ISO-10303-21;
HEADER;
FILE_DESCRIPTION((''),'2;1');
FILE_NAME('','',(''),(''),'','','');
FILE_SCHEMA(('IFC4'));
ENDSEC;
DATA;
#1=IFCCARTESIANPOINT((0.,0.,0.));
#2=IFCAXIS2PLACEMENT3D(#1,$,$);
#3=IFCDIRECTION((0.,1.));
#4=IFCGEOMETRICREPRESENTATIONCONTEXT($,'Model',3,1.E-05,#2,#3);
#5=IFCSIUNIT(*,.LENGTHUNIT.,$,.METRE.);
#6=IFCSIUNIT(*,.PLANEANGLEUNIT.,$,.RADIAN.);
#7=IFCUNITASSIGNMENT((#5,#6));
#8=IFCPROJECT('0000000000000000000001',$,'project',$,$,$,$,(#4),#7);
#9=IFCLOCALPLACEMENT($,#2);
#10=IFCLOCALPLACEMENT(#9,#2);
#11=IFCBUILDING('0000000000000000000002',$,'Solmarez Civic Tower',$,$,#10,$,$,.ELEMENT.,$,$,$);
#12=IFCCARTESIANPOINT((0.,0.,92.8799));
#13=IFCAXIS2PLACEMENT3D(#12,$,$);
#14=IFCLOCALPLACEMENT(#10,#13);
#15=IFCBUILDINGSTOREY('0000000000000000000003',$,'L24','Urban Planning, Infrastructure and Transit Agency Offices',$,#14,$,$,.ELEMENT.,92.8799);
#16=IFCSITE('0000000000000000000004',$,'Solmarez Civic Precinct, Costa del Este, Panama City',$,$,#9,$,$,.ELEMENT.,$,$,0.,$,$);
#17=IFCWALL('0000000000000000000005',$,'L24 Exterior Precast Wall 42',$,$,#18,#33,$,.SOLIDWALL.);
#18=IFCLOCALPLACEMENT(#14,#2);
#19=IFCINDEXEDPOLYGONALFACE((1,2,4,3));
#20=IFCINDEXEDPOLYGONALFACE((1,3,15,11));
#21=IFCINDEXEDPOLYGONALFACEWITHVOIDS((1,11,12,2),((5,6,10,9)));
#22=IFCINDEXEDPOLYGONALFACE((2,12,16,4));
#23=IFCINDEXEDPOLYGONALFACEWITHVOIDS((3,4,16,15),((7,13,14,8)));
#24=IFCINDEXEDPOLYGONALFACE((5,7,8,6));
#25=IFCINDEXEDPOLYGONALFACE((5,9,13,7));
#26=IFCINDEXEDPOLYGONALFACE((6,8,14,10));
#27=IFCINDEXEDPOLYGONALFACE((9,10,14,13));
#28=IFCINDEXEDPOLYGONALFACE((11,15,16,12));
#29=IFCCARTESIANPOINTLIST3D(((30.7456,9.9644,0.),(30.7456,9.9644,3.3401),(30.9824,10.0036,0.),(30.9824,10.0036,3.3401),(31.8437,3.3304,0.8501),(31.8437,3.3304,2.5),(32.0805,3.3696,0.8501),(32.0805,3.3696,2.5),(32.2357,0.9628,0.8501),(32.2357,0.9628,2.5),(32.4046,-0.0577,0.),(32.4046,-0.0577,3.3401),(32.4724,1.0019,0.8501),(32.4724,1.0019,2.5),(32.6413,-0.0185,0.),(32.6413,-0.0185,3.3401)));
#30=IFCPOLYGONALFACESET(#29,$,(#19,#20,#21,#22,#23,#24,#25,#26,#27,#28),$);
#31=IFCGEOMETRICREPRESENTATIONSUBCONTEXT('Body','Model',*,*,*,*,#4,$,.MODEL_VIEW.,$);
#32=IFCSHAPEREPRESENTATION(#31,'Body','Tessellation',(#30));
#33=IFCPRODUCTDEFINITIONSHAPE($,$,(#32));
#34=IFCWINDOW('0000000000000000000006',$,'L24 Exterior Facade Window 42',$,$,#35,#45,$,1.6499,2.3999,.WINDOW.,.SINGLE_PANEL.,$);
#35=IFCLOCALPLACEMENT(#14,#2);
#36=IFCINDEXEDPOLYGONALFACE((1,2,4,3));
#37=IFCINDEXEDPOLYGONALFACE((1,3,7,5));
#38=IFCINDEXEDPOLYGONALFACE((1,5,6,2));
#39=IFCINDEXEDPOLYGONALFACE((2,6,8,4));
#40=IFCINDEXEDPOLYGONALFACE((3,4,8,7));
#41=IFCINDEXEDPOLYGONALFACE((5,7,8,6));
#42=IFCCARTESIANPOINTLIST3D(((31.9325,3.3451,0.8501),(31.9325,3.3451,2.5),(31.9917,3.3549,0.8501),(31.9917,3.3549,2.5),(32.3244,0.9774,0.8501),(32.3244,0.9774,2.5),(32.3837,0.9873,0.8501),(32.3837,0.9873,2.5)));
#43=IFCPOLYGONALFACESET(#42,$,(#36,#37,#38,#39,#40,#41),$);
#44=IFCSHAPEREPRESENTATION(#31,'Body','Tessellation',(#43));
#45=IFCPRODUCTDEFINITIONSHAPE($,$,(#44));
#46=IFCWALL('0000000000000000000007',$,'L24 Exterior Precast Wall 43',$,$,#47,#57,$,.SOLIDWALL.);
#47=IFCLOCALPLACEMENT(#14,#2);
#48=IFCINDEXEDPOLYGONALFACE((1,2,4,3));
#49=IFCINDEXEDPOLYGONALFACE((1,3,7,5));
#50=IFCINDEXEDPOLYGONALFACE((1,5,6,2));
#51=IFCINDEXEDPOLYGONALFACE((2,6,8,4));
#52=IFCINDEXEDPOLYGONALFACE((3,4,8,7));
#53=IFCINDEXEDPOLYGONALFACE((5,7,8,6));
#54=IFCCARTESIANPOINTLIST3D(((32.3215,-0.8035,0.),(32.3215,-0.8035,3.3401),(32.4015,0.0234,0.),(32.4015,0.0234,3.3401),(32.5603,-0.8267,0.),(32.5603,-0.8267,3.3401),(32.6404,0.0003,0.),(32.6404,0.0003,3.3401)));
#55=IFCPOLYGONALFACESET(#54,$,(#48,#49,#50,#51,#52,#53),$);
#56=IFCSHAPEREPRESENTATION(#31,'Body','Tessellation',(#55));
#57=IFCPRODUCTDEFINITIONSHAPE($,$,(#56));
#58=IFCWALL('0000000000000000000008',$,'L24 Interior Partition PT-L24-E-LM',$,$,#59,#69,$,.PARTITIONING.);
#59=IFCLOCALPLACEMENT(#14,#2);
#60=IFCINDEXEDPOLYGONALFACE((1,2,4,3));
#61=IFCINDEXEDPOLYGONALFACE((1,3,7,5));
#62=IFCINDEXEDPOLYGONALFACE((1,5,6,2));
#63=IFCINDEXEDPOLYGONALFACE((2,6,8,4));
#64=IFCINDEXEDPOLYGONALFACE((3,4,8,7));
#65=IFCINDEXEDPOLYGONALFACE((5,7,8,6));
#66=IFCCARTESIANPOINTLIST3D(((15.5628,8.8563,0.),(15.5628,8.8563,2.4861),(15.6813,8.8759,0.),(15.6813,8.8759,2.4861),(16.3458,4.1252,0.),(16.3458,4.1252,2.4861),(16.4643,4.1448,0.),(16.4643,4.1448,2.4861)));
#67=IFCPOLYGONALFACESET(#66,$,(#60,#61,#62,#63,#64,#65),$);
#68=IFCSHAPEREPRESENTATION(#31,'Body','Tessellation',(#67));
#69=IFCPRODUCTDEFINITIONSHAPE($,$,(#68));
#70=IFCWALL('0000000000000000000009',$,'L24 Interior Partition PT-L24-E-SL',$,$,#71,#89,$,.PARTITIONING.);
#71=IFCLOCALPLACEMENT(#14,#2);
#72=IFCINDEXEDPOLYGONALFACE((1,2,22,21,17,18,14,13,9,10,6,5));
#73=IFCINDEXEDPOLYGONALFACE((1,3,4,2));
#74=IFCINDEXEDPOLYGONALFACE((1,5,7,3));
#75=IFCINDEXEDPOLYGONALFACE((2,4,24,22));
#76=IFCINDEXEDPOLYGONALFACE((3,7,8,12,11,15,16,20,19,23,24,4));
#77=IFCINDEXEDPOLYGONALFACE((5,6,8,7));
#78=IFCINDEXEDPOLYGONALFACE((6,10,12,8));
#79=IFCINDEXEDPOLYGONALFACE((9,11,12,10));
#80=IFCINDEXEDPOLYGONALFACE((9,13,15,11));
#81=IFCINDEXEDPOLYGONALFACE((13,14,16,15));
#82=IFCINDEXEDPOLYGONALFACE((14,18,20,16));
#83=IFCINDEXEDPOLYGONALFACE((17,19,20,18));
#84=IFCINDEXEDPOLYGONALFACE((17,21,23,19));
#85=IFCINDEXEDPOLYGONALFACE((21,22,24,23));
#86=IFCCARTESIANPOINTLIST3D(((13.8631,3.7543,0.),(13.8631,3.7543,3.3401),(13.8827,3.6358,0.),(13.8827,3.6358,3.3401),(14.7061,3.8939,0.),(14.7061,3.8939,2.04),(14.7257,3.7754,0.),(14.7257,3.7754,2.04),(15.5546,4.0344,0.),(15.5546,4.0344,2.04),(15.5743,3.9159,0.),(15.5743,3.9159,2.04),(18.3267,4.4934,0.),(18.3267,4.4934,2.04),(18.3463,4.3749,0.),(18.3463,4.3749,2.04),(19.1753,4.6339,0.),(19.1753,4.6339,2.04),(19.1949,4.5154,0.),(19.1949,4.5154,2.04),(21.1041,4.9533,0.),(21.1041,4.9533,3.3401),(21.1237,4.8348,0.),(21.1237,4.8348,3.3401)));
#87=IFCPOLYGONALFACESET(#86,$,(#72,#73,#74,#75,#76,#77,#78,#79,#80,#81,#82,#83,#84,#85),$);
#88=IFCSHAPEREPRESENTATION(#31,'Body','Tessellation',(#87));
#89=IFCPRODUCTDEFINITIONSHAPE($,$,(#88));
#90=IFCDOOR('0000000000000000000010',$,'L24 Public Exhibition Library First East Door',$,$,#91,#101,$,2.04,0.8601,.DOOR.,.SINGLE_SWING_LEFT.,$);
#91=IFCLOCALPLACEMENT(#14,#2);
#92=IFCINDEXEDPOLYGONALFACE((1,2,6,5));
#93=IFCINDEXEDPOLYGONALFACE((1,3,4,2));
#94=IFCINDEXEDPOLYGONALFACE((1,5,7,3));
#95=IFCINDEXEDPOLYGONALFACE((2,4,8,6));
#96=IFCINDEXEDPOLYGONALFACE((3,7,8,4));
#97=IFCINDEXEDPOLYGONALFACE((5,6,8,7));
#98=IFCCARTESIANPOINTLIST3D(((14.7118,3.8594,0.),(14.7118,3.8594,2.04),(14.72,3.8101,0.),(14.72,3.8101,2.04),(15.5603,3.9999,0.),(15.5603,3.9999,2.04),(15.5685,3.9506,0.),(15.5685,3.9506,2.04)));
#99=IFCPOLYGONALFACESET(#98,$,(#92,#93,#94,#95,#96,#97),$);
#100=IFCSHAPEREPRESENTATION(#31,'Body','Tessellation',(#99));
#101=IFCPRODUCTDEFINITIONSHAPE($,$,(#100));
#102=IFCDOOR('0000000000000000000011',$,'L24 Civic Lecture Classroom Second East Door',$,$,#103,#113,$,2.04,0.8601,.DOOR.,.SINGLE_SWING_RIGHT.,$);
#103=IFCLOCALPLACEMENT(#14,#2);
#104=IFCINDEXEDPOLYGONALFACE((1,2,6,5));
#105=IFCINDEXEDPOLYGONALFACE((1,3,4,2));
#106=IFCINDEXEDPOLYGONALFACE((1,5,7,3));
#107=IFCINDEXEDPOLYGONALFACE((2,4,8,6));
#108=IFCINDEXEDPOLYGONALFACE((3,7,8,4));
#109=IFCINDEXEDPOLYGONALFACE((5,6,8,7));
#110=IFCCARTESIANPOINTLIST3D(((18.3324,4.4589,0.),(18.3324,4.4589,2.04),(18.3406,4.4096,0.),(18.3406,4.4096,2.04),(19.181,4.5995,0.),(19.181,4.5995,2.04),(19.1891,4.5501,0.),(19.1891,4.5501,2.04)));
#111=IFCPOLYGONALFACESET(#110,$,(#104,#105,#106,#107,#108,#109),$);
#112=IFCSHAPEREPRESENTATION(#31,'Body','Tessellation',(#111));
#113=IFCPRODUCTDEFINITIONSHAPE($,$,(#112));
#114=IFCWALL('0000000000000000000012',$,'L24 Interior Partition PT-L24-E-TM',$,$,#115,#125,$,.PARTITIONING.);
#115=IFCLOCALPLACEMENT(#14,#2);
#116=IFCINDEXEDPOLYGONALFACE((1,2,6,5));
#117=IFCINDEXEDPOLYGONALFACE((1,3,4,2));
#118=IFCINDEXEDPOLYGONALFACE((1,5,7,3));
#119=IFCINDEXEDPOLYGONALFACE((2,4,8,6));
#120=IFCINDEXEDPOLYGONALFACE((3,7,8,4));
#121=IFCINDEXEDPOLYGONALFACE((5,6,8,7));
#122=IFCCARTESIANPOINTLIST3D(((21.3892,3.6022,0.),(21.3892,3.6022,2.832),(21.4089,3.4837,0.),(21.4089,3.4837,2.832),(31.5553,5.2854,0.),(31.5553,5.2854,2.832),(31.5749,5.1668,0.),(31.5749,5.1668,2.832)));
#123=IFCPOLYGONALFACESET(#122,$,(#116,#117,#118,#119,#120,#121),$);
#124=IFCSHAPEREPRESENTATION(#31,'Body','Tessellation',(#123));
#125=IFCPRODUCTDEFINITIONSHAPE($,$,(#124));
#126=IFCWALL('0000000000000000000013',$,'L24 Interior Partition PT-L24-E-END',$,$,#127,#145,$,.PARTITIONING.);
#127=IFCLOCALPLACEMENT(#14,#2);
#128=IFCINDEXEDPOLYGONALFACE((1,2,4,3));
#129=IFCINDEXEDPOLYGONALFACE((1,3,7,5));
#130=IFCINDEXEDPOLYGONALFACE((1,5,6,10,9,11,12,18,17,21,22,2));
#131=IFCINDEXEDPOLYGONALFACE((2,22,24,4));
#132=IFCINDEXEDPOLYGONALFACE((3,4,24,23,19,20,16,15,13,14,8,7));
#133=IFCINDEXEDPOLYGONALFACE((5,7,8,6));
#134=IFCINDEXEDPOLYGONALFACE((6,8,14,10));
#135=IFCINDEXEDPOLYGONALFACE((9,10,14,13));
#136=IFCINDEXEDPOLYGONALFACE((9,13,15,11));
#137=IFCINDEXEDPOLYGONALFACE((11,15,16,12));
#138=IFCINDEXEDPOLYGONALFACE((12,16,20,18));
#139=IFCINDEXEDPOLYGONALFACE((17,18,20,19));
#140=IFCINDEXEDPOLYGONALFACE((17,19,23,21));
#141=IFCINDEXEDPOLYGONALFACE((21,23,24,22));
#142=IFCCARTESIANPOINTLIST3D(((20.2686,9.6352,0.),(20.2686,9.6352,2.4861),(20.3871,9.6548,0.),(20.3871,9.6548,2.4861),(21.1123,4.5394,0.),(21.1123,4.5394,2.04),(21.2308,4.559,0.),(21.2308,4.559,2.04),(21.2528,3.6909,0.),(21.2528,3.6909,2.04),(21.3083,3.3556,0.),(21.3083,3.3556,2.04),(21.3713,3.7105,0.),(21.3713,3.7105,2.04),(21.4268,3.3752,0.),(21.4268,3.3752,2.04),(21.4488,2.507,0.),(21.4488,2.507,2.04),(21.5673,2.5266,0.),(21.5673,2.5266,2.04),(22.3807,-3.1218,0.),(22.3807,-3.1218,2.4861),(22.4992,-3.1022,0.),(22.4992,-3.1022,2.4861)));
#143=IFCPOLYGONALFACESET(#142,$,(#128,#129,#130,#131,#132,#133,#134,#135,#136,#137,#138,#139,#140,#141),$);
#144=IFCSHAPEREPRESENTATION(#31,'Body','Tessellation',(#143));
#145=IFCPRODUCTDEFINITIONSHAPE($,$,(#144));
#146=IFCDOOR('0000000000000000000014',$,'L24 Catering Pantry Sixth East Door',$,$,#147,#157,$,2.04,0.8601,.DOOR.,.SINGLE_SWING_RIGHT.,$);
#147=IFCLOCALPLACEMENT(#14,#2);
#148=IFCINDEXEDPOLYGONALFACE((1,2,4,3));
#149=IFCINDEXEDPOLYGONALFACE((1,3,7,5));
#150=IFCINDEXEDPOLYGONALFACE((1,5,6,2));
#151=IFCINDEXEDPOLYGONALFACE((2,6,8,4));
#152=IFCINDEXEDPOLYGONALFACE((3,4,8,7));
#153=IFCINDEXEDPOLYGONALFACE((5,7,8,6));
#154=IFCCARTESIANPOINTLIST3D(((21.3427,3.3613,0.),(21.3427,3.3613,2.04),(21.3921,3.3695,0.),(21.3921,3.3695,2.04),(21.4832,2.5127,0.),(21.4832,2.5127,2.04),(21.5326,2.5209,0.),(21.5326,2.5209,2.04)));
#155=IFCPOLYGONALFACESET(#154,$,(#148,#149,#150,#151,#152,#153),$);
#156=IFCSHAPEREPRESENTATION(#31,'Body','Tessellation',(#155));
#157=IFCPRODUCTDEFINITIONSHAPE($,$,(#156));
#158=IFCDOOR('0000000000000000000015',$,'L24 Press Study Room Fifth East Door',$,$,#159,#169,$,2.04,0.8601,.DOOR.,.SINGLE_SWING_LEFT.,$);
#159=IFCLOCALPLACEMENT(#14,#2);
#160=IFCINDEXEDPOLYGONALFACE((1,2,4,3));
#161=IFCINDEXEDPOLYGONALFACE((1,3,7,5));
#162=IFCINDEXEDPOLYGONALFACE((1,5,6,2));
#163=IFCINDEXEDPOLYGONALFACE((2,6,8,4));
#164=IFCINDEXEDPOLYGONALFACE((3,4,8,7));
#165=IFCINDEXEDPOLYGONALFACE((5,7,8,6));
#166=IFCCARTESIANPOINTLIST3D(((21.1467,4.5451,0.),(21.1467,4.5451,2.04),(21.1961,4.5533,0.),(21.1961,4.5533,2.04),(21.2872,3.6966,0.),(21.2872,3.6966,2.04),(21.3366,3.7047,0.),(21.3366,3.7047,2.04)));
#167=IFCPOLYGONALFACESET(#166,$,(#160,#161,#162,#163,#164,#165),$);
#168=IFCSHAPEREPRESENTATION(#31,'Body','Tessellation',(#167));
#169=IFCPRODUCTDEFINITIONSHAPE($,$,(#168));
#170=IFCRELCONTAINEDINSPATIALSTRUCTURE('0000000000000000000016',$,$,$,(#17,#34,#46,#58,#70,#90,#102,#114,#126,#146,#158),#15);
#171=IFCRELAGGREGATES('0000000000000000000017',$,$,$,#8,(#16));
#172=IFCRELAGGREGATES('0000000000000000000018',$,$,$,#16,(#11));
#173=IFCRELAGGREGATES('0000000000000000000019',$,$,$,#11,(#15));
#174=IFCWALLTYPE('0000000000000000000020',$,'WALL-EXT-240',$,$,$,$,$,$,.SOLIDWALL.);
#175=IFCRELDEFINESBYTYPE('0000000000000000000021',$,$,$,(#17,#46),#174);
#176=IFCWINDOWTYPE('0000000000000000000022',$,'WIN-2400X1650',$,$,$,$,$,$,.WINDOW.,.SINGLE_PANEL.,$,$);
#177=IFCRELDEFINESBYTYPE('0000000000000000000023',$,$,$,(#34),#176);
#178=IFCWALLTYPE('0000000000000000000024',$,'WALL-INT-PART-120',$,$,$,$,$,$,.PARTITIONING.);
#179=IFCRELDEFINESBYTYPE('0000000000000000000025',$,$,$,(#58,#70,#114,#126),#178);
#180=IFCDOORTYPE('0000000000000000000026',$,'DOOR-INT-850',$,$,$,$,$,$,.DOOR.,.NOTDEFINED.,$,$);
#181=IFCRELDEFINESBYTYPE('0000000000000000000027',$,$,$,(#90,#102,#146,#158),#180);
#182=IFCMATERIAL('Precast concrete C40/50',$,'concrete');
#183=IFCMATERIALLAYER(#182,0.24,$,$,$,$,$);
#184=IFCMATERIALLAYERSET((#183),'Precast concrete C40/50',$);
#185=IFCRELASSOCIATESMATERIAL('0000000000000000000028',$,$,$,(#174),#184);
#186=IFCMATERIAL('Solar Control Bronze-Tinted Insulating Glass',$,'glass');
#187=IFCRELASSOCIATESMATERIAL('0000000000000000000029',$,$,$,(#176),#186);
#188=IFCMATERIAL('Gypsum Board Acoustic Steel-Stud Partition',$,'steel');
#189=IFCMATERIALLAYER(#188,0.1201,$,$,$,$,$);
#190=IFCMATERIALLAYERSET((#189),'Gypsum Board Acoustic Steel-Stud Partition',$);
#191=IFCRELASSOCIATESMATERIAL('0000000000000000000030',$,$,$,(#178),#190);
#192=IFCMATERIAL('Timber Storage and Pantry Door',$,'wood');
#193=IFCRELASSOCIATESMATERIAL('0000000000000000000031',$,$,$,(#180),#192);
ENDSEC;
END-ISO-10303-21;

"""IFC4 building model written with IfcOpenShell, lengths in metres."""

from ifc_helpers import new_model, si_unit, direction, frame, frame_2d, origin, place, context, subcontext, project, spatial, rectangle, extrude, material, layer, layer_set, type_object, element, fill, save


model = new_model("IFC4")

# Units and contexts
model_context = context("Model", 3, precision=1e-05, world=origin(), true_north=direction((0.0, 1.0)))
body_context = subcontext(model_context, "Body", "Model", "MODEL_VIEW")
ifc_project = project(units=[si_unit("LENGTHUNIT", "METRE"), si_unit("PLANEANGLEUNIT", "RADIAN")], contexts=[model_context])

# Site, building, storey
site_placement = place(None, origin())
site = spatial("IfcSite", under=ifc_project, at=site_placement, Name="Solmarez Civic Precinct, Costa del Este, Panama City", CompositionType="ELEMENT", RefElevation=0.0)
building_placement = place(site_placement, origin())
building = spatial("IfcBuilding", under=site, at=building_placement, Name="Solmarez Civic Tower", CompositionType="ELEMENT")
storey_placement = place(building_placement, frame((0.0, 0.0, 92.8799)))
storey = spatial("IfcBuildingStorey", under=building, at=storey_placement, Name="L24", Description="Urban Planning, Infrastructure and Transit Agency Offices", CompositionType="ELEMENT", Elevation=92.8799)

# Shared definitions
ifc_material_1 = material(Name="Precast concrete C40/50", Category="concrete")
ifc_layer_1 = layer(ifc_material_1, 0.24)
ifc_layer_set_1 = layer_set([ifc_layer_1], Name="Precast concrete C40/50")
wall_type_1 = type_object("IfcWallType", Name="WALL-EXT-240", PredefinedType="SOLIDWALL", material=ifc_layer_set_1)

# Wall, opening, window
wall_1_placement = place(storey_placement, frame((30.864, 9.9839, 0.0), z_axis=(0.0, 0.0, 1.0), x_axis=(0.163308, -0.986575, 0.0)))
wall_1 = element("IfcWall", 1, at=wall_1_placement, inside=storey, type_object=wall_type_1, Name="L24 Exterior Precast Wall 42", PredefinedType="SOLIDWALL", context=body_context, shape_type="SweptSolid", body=[
    extrude(rectangle(XDim=10.1584, YDim=0.24, at=frame_2d((5.0791, 0.0))), origin(), (0.0, 0.0, 1.0), 3.3401),
])
opening_1_placement = place(wall_1_placement, frame((6.7241, 0.0, 0.8501)))
opening_1 = element("IfcOpeningElement", 2, at=opening_1_placement, cuts=wall_1, PredefinedType="OPENING", context=body_context, shape_type="SweptSolid", body=[
    extrude(rectangle(XDim=2.3999, YDim=1.6499, at=frame_2d((1.2, 0.825))), frame((0.0, 0.1299, 0.0), z_axis=(0.0, -1.0, 0.0), x_axis=(1.0, 0.0, 0.0)), (0.0, 0.0, 1.0), 0.26),
])
ifc_material_2 = material(Name="Solar Control Bronze-Tinted Insulating Glass", Category="glass")
window_type = type_object("IfcWindowType", Name="WIN-2400X1650", PartitioningType="SINGLE_PANEL", PredefinedType="WINDOW", material=ifc_material_2)
window_placement = place(opening_1_placement, origin())
window = element("IfcWindow", 3, at=window_placement, inside=storey, type_object=window_type, Name="L24 Exterior Facade Window 42", OverallHeight=1.6499, OverallWidth=2.3999, PartitioningType="SINGLE_PANEL", PredefinedType="WINDOW", context=body_context, shape_type="SweptSolid", body=[
    extrude(rectangle(XDim=2.3999, YDim=1.6499, at=frame_2d((1.2, 0.825))), frame((0.0, 0.03, 0.0), z_axis=(0.0, -1.0, 0.0), x_axis=(1.0, 0.0, 0.0)), (0.0, 0.0, 1.0), 0.0601),
])
fill(opening_1, window)

# Walls
wall_2_placement = place(storey_placement, frame((32.521, 0.012, 0.0), z_axis=(0.0, 0.0, 1.0), x_axis=(-0.09639, -0.995344, 0.0)))
element("IfcWall", 4, at=wall_2_placement, inside=storey, type_object=wall_type_1, Name="L24 Exterior Precast Wall 43", PredefinedType="SOLIDWALL", context=body_context, shape_type="SweptSolid", body=[
    extrude(rectangle(XDim=0.8308, YDim=0.24, at=frame_2d((0.4155, 0.0))), origin(), (0.0, 0.0, 1.0), 3.3401),
])
ifc_material_3 = material(Name="Gypsum Board Acoustic Steel-Stud Partition", Category="steel")
ifc_layer_2 = layer(ifc_material_3, 0.1201)
ifc_layer_set_2 = layer_set([ifc_layer_2], Name="Gypsum Board Acoustic Steel-Stud Partition")
wall_type_2 = type_object("IfcWallType", Name="WALL-INT-PART-120", PredefinedType="PARTITIONING", material=ifc_layer_set_2)
wall_3_placement = place(storey_placement, frame((16.405, 4.135, 0.0), z_axis=(0.0, 0.0, 1.0), x_axis=(-0.163276, 0.98658, 0.0)))
element("IfcWall", 5, at=wall_3_placement, inside=storey, type_object=wall_type_2, Name="L24 Interior Partition PT-L24-E-LM", PredefinedType="PARTITIONING", context=body_context, shape_type="SweptSolid", body=[
    extrude(rectangle(XDim=4.7954, YDim=0.1201, at=frame_2d((2.3977, 0.0))), origin(), (0.0, 0.0, 1.0), 2.4861),
])

# Wall, openings, doors
wall_4_placement = place(storey_placement, frame((21.114, 4.894, 0.0), z_axis=(0.0, 0.0, 1.0), x_axis=(-0.986567, -0.163358, 0.0)))
wall_4 = element("IfcWall", 6, at=wall_4_placement, inside=storey, type_object=wall_type_2, Name="L24 Interior Partition PT-L24-E-SL", PredefinedType="PARTITIONING", context=body_context, shape_type="SweptSolid", body=[
    extrude(rectangle(XDim=7.3396, YDim=0.1201, at=frame_2d((3.6699, 0.0))), origin(), (0.0, 0.0, 1.0), 3.3401),
])
opening_2_placement = place(wall_4_placement, frame((5.625, 0.0, 0.0)))
opening_2 = element("IfcOpeningElement", 7, at=opening_2_placement, cuts=wall_4, PredefinedType="OPENING", context=body_context, shape_type="SweptSolid", body=[
    extrude(rectangle(XDim=0.8601, YDim=2.04, at=frame_2d((0.4302, 1.02))), frame((0.0, 0.0701, 0.0), z_axis=(0.0, -1.0, 0.0), x_axis=(1.0, 0.0, 0.0)), (0.0, 0.0, 1.0), 0.1401),
])
opening_3_placement = place(wall_4_placement, frame((1.9551, 0.0, 0.0)))
opening_3 = element("IfcOpeningElement", 8, at=opening_3_placement, cuts=wall_4, PredefinedType="OPENING", context=body_context, shape_type="SweptSolid", body=[
    extrude(rectangle(XDim=0.8601, YDim=2.04, at=frame_2d((0.4302, 1.02))), frame((0.0, 0.0701, 0.0), z_axis=(0.0, -1.0, 0.0), x_axis=(1.0, 0.0, 0.0)), (0.0, 0.0, 1.0), 0.1401),
])
ifc_material_4 = material(Name="Timber Storage and Pantry Door", Category="wood")
door_type = type_object("IfcDoorType", Name="DOOR-INT-850", OperationType="NOTDEFINED", PredefinedType="DOOR", material=ifc_material_4)
door_1_placement = place(opening_2_placement, origin())
door_1 = element("IfcDoor", 9, at=door_1_placement, inside=storey, type_object=door_type, Name="L24 Public Exhibition Library First East Door", OperationType="SINGLE_SWING_LEFT", OverallHeight=2.04, OverallWidth=0.8601, PredefinedType="DOOR", context=body_context, shape_type="SweptSolid", body=[
    extrude(rectangle(XDim=0.8601, YDim=2.04, at=frame_2d((0.4302, 1.02))), frame((0.0, 0.0249, 0.0), z_axis=(0.0, -1.0, 0.0), x_axis=(1.0, 0.0, 0.0)), (0.0, 0.0, 1.0), 0.05),
])
fill(opening_2, door_1)
door_2_placement = place(opening_3_placement, origin())
door_2 = element("IfcDoor", 10, at=door_2_placement, inside=storey, type_object=door_type, Name="L24 Civic Lecture Classroom Second East Door", OperationType="SINGLE_SWING_RIGHT", OverallHeight=2.04, OverallWidth=0.8601, PredefinedType="DOOR", context=body_context, shape_type="SweptSolid", body=[
    extrude(rectangle(XDim=0.8601, YDim=2.04, at=frame_2d((0.4302, 1.02))), frame((0.0, 0.0249, 0.0), z_axis=(0.0, -1.0, 0.0), x_axis=(1.0, 0.0, 0.0)), (0.0, 0.0, 1.0), 0.05),
])
fill(opening_3, door_2)

# Wall
wall_5_placement = place(storey_placement, frame((21.3989, 3.543, 0.0), z_axis=(0.0, 0.0, 1.0), x_axis=(0.98657, 0.163338, 0.0)))
element("IfcWall", 11, at=wall_5_placement, inside=storey, type_object=wall_type_2, Name="L24 Interior Partition PT-L24-E-TM", PredefinedType="PARTITIONING", context=body_context, shape_type="SweptSolid", body=[
    extrude(rectangle(XDim=10.3044, YDim=0.1201, at=frame_2d((5.1523, 0.0))), origin(), (0.0, 0.0, 1.0), 2.832),
])

# Wall, openings, doors
wall_6_placement = place(storey_placement, frame((20.3279, 9.645, 0.0), z_axis=(0.0, 0.0, 1.0), x_axis=(0.163336, -0.98657, 0.0)))
wall_6 = element("IfcWall", 12, at=wall_6_placement, inside=storey, type_object=wall_type_2, Name="L24 Interior Partition PT-L24-E-END", PredefinedType="PARTITIONING", context=body_context, shape_type="SweptSolid", body=[
    extrude(rectangle(XDim=12.9307, YDim=0.1201, at=frame_2d((6.4653, 0.0))), origin(), (0.0, 0.0, 1.0), 2.4861),
])
opening_4_placement = place(wall_6_placement, frame((6.365, 0.0, 0.0)))
opening_4 = element("IfcOpeningElement", 13, at=opening_4_placement, cuts=wall_6, PredefinedType="OPENING", context=body_context, shape_type="SweptSolid", body=[
    extrude(rectangle(XDim=0.8601, YDim=2.04, at=frame_2d((0.4302, 1.02))), frame((0.0, 0.0701, 0.0), z_axis=(0.0, -1.0, 0.0), x_axis=(1.0, 0.0, 0.0)), (0.0, 0.0, 1.0), 0.1401),
])
opening_5_placement = place(wall_6_placement, frame((5.165, 0.0, 0.0)))
opening_5 = element("IfcOpeningElement", 14, at=opening_5_placement, cuts=wall_6, PredefinedType="OPENING", context=body_context, shape_type="SweptSolid", body=[
    extrude(rectangle(XDim=0.8601, YDim=2.04, at=frame_2d((0.4302, 1.02))), frame((0.0, 0.0701, 0.0), z_axis=(0.0, -1.0, 0.0), x_axis=(1.0, 0.0, 0.0)), (0.0, 0.0, 1.0), 0.1401),
])
door_3_placement = place(opening_4_placement, origin())
door_3 = element("IfcDoor", 15, at=door_3_placement, inside=storey, type_object=door_type, Name="L24 Catering Pantry Sixth East Door", OperationType="SINGLE_SWING_RIGHT", OverallHeight=2.04, OverallWidth=0.8601, PredefinedType="DOOR", context=body_context, shape_type="SweptSolid", body=[
    extrude(rectangle(XDim=0.8601, YDim=2.04, at=frame_2d((0.4302, 1.02))), frame((0.0, 0.0249, 0.0), z_axis=(0.0, -1.0, 0.0), x_axis=(1.0, 0.0, 0.0)), (0.0, 0.0, 1.0), 0.05),
])
fill(opening_4, door_3)
door_4_placement = place(opening_5_placement, origin())
door_4 = element("IfcDoor", 16, at=door_4_placement, inside=storey, type_object=door_type, Name="L24 Press Study Room Fifth East Door", OperationType="SINGLE_SWING_LEFT", OverallHeight=2.04, OverallWidth=0.8601, PredefinedType="DOOR", context=body_context, shape_type="SweptSolid", body=[
    extrude(rectangle(XDim=0.8601, YDim=2.04, at=frame_2d((0.4302, 1.02))), frame((0.0, 0.0249, 0.0), z_axis=(0.0, -1.0, 0.0), x_axis=(1.0, 0.0, 0.0)), (0.0, 0.0, 1.0), 0.05),
])
fill(opening_5, door_4)

save(model, "model.ifc")
